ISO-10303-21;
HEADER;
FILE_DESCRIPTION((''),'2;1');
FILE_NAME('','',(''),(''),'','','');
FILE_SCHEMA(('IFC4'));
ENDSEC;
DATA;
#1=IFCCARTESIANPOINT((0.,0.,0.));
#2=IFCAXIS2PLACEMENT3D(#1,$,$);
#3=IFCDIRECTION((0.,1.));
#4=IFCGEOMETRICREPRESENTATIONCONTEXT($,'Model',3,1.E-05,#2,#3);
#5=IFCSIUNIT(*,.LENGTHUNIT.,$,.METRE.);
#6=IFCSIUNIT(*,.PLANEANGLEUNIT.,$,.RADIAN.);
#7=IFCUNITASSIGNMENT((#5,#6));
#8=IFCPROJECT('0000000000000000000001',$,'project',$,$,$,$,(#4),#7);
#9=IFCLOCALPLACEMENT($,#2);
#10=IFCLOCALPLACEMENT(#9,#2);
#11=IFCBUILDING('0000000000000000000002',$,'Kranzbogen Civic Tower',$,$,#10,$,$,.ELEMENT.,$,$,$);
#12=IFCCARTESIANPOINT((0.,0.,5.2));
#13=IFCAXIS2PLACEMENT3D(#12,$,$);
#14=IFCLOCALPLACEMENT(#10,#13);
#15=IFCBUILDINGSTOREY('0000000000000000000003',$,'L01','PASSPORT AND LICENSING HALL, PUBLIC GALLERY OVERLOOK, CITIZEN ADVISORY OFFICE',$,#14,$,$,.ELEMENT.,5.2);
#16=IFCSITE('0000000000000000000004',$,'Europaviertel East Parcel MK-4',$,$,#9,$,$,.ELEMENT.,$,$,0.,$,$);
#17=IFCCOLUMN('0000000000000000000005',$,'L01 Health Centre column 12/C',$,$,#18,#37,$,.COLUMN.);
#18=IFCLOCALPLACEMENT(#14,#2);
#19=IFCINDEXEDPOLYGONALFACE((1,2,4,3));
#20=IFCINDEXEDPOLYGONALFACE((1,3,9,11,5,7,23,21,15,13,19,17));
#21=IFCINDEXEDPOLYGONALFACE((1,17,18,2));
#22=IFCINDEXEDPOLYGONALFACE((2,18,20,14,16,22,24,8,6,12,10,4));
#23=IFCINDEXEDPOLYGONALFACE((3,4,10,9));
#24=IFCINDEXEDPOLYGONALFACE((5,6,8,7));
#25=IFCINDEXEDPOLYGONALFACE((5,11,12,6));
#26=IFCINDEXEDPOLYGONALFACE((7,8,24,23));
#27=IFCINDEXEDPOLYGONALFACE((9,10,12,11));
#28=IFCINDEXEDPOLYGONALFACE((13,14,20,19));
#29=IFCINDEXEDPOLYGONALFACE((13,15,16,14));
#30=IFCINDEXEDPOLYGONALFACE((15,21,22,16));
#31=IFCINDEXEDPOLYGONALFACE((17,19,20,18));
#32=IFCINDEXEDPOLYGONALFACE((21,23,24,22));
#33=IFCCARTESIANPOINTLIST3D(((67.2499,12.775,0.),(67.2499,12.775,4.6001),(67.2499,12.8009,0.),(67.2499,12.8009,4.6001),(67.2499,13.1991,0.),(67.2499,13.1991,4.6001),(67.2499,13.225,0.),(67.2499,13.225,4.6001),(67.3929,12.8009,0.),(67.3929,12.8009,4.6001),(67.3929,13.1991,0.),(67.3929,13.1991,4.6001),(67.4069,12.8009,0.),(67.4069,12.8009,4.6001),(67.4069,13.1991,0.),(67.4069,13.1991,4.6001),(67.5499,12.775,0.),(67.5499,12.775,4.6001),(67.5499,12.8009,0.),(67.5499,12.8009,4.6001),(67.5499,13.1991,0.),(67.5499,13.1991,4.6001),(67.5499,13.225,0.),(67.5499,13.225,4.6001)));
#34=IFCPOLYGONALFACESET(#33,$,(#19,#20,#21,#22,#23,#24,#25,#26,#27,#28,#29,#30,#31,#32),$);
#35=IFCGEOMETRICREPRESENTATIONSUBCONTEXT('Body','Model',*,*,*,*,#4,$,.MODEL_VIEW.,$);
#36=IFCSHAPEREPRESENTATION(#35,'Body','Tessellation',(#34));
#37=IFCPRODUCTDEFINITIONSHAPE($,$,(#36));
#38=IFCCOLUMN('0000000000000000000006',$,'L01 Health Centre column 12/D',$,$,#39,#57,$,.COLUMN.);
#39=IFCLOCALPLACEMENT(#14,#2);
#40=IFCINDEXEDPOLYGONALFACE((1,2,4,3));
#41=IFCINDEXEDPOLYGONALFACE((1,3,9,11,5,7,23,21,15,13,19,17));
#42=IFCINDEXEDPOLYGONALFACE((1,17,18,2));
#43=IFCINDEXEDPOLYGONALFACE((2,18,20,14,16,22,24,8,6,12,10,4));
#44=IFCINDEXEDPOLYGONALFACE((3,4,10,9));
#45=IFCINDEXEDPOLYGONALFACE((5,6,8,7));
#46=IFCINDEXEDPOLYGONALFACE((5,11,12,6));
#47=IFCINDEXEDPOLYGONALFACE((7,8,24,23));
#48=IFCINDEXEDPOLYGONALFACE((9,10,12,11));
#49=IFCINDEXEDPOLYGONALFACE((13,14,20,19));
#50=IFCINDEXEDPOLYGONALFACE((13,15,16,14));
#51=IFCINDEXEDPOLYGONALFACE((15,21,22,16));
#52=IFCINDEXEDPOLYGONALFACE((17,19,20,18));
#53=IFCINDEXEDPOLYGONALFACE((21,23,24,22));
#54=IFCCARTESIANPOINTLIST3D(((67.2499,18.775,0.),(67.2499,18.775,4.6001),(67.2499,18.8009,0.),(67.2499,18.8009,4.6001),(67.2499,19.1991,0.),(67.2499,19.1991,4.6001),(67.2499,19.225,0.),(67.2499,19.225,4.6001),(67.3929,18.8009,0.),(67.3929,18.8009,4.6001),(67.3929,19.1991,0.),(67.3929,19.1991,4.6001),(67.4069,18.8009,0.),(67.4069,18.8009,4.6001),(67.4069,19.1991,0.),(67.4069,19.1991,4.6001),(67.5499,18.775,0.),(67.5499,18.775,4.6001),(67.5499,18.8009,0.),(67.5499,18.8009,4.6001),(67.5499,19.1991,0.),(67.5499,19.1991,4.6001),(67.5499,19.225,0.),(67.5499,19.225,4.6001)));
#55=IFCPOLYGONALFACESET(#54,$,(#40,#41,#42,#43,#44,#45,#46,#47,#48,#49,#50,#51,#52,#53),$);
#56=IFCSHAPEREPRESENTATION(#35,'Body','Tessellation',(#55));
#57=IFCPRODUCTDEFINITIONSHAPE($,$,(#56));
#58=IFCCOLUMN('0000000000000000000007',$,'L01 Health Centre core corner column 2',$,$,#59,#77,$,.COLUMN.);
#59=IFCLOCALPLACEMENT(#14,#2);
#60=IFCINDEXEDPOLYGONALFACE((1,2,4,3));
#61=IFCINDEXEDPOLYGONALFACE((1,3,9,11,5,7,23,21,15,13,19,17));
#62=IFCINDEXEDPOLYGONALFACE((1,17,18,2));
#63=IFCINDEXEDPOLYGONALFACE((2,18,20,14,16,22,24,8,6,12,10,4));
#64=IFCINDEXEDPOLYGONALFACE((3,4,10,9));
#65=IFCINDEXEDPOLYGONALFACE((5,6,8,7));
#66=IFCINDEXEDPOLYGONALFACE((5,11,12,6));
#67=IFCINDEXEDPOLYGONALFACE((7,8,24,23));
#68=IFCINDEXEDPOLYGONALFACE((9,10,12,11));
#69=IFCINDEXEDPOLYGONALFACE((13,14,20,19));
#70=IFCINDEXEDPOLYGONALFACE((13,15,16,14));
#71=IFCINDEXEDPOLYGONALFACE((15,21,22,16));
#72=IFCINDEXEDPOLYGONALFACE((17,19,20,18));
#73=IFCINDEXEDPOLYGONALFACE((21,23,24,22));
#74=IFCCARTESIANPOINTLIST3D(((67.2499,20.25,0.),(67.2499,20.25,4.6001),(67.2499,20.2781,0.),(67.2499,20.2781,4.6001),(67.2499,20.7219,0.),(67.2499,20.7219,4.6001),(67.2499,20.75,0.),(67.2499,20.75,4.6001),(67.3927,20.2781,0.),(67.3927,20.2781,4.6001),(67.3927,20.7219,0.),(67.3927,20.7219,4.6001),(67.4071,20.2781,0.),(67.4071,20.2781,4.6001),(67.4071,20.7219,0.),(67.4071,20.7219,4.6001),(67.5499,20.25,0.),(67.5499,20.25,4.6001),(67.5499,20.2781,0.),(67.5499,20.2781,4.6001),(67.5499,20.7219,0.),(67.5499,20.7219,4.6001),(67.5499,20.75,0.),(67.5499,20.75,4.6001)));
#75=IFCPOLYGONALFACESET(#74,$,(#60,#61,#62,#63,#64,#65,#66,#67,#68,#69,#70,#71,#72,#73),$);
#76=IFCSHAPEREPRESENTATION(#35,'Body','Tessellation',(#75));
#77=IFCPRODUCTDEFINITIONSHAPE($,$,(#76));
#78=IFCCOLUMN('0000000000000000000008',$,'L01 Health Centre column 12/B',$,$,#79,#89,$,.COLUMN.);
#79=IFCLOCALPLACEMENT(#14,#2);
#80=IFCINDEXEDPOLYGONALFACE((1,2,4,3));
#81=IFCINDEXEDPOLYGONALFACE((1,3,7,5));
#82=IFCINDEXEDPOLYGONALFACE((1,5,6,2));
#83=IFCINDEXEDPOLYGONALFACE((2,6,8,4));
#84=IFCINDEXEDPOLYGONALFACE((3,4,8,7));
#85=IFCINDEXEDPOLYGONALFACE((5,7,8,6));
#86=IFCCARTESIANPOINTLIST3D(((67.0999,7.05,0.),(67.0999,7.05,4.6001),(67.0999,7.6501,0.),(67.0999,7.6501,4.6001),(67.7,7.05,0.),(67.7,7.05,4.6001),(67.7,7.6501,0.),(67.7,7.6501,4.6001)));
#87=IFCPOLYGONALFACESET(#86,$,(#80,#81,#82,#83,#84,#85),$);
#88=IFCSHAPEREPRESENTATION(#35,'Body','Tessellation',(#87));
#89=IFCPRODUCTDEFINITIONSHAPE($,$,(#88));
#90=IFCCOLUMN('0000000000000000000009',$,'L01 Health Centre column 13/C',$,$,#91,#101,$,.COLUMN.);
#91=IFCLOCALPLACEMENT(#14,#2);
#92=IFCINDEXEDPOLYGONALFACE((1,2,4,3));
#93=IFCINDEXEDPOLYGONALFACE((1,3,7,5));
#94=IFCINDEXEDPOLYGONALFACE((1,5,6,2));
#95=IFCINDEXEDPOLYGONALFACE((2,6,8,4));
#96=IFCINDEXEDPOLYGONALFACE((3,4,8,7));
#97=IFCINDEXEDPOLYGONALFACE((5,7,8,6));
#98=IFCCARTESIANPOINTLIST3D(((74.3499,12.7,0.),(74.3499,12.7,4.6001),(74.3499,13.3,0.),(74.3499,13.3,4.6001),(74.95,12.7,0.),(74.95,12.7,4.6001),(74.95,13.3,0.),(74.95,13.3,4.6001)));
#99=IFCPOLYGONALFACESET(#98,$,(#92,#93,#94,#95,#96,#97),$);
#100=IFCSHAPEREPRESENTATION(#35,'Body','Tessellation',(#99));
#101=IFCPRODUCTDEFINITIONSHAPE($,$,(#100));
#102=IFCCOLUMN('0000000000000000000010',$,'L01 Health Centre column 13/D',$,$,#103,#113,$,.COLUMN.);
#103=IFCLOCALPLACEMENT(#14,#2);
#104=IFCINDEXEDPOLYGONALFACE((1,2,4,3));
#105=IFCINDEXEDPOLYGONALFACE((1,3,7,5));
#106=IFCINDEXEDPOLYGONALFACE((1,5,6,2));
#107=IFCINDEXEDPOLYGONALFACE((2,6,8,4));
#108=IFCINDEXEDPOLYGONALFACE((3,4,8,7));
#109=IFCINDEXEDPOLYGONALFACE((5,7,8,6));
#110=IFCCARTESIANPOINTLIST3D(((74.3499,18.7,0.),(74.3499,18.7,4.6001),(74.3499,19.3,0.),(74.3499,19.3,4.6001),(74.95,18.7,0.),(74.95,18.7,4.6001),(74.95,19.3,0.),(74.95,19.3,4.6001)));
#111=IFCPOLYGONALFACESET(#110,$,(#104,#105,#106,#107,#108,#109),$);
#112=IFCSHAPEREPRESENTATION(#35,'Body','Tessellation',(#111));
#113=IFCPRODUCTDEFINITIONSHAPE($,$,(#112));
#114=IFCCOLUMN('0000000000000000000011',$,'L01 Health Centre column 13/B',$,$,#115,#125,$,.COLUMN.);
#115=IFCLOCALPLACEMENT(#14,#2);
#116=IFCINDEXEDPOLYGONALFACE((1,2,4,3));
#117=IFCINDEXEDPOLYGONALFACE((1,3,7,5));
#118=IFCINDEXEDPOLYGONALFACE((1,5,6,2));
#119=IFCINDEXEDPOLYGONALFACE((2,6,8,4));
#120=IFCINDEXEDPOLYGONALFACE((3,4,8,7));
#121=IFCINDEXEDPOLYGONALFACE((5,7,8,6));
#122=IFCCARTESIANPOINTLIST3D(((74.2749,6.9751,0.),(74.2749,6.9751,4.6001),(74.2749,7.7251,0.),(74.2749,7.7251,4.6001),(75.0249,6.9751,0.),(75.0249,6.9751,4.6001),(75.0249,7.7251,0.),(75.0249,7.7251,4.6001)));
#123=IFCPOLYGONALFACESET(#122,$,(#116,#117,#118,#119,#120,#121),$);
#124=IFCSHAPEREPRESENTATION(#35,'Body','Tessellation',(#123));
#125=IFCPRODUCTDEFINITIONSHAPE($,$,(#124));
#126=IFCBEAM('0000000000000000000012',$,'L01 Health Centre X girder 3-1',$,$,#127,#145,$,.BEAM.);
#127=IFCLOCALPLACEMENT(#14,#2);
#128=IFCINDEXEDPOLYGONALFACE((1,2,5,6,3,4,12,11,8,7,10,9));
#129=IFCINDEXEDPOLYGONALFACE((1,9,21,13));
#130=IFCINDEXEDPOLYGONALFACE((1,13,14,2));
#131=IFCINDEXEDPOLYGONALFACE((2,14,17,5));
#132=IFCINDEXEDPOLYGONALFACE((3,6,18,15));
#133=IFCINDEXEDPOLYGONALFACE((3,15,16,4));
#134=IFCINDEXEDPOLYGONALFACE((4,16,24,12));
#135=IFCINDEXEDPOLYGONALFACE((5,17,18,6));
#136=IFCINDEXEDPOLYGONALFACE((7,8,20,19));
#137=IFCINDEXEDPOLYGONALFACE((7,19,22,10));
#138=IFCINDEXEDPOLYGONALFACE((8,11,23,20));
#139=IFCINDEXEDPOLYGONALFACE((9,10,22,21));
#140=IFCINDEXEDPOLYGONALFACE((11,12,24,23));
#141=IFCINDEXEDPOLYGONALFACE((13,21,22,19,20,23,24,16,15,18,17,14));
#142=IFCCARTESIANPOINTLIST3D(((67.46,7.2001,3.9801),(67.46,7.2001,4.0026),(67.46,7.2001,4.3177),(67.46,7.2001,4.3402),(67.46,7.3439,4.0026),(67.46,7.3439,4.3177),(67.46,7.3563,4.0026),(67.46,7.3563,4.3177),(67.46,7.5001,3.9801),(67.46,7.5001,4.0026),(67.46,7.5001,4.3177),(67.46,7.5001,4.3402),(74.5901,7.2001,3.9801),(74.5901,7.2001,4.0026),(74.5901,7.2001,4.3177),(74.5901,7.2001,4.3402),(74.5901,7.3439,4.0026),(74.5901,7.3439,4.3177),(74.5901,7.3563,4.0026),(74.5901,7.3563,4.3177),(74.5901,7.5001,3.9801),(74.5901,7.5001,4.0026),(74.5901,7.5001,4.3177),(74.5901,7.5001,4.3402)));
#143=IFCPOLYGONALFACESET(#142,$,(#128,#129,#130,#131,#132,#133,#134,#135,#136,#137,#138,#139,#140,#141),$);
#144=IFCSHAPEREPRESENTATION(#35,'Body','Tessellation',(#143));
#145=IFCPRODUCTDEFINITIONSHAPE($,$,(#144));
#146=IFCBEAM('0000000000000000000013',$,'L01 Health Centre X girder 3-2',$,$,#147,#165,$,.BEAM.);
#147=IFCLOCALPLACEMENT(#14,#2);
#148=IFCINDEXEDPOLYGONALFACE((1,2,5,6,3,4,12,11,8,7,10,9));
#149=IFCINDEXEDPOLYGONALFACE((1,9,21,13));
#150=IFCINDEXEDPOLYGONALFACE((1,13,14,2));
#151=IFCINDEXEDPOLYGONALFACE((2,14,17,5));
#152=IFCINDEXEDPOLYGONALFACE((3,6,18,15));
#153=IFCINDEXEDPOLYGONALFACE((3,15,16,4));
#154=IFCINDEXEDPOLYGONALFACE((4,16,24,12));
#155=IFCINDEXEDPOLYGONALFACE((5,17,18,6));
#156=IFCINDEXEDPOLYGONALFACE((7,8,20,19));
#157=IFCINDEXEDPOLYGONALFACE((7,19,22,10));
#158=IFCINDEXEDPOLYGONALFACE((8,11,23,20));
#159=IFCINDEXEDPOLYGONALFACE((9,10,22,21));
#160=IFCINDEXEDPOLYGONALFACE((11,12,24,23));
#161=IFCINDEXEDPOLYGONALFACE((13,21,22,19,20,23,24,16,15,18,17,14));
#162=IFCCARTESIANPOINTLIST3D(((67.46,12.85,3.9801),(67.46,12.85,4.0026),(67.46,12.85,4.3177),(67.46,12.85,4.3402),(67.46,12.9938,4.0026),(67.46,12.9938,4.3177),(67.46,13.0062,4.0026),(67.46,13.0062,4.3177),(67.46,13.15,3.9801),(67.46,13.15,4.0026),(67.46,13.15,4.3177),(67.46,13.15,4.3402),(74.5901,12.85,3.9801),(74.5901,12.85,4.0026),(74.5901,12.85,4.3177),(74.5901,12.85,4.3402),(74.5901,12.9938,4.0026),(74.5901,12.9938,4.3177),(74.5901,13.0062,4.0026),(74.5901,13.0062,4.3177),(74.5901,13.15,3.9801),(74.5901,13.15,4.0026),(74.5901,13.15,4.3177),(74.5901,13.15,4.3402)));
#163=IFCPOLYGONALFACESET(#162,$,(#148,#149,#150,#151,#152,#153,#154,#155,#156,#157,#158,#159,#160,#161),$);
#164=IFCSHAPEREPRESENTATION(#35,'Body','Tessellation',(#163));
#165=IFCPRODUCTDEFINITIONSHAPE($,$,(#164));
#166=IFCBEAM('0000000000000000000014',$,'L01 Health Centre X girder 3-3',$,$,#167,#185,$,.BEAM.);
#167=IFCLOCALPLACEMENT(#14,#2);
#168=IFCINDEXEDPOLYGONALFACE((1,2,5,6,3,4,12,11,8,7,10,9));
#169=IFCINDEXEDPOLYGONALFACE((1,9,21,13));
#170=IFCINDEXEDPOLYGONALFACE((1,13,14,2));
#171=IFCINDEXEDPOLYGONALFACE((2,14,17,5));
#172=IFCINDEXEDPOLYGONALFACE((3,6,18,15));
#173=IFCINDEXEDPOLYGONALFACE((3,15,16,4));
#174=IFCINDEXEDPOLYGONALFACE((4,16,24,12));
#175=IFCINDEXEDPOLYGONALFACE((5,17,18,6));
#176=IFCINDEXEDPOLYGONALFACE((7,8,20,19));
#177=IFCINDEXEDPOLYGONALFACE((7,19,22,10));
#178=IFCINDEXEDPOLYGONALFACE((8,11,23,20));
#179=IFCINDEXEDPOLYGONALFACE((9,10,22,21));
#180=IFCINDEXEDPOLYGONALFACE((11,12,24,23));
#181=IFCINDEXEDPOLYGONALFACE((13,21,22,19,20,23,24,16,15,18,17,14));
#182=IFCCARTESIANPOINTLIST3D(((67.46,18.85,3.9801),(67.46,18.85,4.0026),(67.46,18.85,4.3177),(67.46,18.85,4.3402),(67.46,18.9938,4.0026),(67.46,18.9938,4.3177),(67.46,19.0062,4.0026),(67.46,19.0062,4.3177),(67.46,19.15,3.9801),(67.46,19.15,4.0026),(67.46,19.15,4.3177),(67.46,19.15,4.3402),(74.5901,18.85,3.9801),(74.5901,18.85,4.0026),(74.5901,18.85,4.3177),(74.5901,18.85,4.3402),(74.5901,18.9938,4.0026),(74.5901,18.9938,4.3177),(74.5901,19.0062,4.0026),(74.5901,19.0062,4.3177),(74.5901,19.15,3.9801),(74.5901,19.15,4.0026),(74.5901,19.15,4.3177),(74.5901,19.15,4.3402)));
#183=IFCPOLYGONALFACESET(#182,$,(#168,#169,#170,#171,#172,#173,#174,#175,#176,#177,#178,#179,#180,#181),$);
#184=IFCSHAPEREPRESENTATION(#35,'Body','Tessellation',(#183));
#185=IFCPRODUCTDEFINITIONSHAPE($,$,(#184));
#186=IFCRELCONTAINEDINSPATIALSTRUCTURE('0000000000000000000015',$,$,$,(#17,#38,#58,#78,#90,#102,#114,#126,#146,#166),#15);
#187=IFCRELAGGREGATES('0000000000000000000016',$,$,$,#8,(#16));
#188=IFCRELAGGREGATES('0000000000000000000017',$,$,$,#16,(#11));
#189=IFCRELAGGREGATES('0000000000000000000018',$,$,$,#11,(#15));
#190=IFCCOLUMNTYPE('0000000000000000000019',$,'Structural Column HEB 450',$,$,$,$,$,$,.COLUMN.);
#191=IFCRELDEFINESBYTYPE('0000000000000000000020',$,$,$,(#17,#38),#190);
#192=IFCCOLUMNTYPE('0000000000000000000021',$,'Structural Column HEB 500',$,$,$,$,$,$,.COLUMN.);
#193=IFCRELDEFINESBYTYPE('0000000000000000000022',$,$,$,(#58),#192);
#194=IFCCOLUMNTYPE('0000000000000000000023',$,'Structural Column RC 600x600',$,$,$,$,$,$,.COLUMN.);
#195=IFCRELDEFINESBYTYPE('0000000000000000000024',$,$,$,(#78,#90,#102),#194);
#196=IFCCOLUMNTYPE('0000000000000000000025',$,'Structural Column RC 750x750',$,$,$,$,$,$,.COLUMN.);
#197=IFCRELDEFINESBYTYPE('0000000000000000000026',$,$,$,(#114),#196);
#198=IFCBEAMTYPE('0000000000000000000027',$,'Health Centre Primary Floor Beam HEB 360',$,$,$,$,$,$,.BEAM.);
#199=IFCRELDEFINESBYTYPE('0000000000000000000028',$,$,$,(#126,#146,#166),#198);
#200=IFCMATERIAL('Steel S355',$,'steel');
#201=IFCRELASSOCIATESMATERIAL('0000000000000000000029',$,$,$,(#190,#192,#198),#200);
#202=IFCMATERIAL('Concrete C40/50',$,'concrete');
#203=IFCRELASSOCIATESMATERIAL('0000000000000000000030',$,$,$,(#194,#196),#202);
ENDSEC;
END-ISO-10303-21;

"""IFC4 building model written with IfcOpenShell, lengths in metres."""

from ifc_helpers import new_model, si_unit, direction, frame, origin, origin_2d, place, context, subcontext, project, spatial, rectangle, i_section, extrude, material, material_profile, profile_set, type_object, element, save


model = new_model("IFC4")

# Units and contexts
model_context = context("Model", 3, precision=1e-05, world=origin(), true_north=direction((0.0, 1.0)))
body_context = subcontext(model_context, "Body", "Model", "MODEL_VIEW")
ifc_project = project(units=[si_unit("LENGTHUNIT", "METRE"), si_unit("PLANEANGLEUNIT", "RADIAN")], contexts=[model_context])

# Site, building, storey
site_placement = place(None, origin())
site = spatial("IfcSite", under=ifc_project, at=site_placement, Name="Europaviertel East Parcel MK-4", CompositionType="ELEMENT", RefElevation=0.0)
building_placement = place(site_placement, origin())
building = spatial("IfcBuilding", under=site, at=building_placement, Name="Kranzbogen Civic Tower", CompositionType="ELEMENT")
storey_placement = place(building_placement, frame((0.0, 0.0, 5.2)))
storey = spatial("IfcBuildingStorey", under=building, at=storey_placement, Name="L01", Description="PASSPORT AND LICENSING HALL, PUBLIC GALLERY OVERLOOK, CITIZEN ADVISORY OFFICE", CompositionType="ELEMENT", Elevation=5.2)

# Columns
ifc_material_1 = material(Name="Steel S355", Category="steel")
ifc_material_profile_1 = material_profile(ifc_material_1, i_section(OverallWidth=0.3, OverallDepth=0.45, WebThickness=0.0139, FlangeThickness=0.0259, at=origin_2d()), Name="HEB 450")
ifc_profile_set_1 = profile_set([ifc_material_profile_1], Name="Steel S355")
column_type_1 = type_object("IfcColumnType", Name="Structural Column HEB 450", PredefinedType="COLUMN", material=ifc_profile_set_1)
for number, where, z_axis, x_axis, name in (
    (1, (67.3999, 13.0, 0.0), (0.0, 0.0, 1.0), (1.0, 0.0, 0.0), "L01 Health Centre column 12/C"),
    (2, (67.3999, 19.0, 0.0), (0.0, 0.0, 1.0), (1.0, 0.0, 0.0), "L01 Health Centre column 12/D"),
):
    element("IfcColumn", number, at=place(storey_placement, frame(where, z_axis=z_axis, x_axis=x_axis)), inside=storey, type_object=column_type_1, Name=name, PredefinedType="COLUMN", context=body_context, shape_type="SweptSolid", body=[
        extrude(i_section(OverallWidth=0.3, OverallDepth=0.45, WebThickness=0.0139, FlangeThickness=0.0259, at=origin_2d()), origin(), (0.0, 0.0, 1.0), 4.6001),
    ])
ifc_material_profile_2 = material_profile(ifc_material_1, i_section(OverallWidth=0.3, OverallDepth=0.5, WebThickness=0.0144, FlangeThickness=0.0281, at=origin_2d()), Name="HEB 500")
ifc_profile_set_2 = profile_set([ifc_material_profile_2], Name="Steel S355")
column_type_2 = type_object("IfcColumnType", Name="Structural Column HEB 500", PredefinedType="COLUMN", material=ifc_profile_set_2)
column_1_placement = place(storey_placement, frame((67.3999, 20.5, 0.0), z_axis=(0.0, 0.0, 1.0), x_axis=(1.0, 0.0, 0.0)))
element("IfcColumn", 3, at=column_1_placement, inside=storey, type_object=column_type_2, Name="L01 Health Centre core corner column 2", PredefinedType="COLUMN", context=body_context, shape_type="SweptSolid", body=[
    extrude(i_section(OverallWidth=0.3, OverallDepth=0.5, WebThickness=0.0144, FlangeThickness=0.0281, at=origin_2d()), origin(), (0.0, 0.0, 1.0), 4.6001),
])
ifc_material_2 = material(Name="Concrete C40/50", Category="concrete")
ifc_material_profile_3 = material_profile(ifc_material_2, rectangle(XDim=0.6001, YDim=0.6001, at=origin_2d()), Name="RC 600x600")
ifc_profile_set_3 = profile_set([ifc_material_profile_3], Name="Concrete C40/50")
column_type_3 = type_object("IfcColumnType", Name="Structural Column RC 600x600", PredefinedType="COLUMN", material=ifc_profile_set_3)
for number, where, z_axis, x_axis, name in (
    (4, (67.3999, 7.3501, 0.0), (0.0, 0.0, 1.0), (1.0, 0.0, 0.0), "L01 Health Centre column 12/B"),
    (5, (74.6499, 13.0, 0.0), (0.0, 0.0, 1.0), (1.0, 0.0, 0.0), "L01 Health Centre column 13/C"),
    (6, (74.6499, 19.0, 0.0), (0.0, 0.0, 1.0), (1.0, 0.0, 0.0), "L01 Health Centre column 13/D"),
):
    element("IfcColumn", number, at=place(storey_placement, frame(where, z_axis=z_axis, x_axis=x_axis)), inside=storey, type_object=column_type_3, Name=name, PredefinedType="COLUMN", context=body_context, shape_type="SweptSolid", body=[
        extrude(rectangle(XDim=0.6001, YDim=0.6001, at=origin_2d()), origin(), (0.0, 0.0, 1.0), 4.6001),
    ])
ifc_material_profile_4 = material_profile(ifc_material_2, rectangle(XDim=0.75, YDim=0.75, at=origin_2d()), Name="RC 750x750")
ifc_profile_set_4 = profile_set([ifc_material_profile_4], Name="Concrete C40/50")
column_type_4 = type_object("IfcColumnType", Name="Structural Column RC 750x750", PredefinedType="COLUMN", material=ifc_profile_set_4)
column_2_placement = place(storey_placement, frame((74.6499, 7.3501, 0.0), z_axis=(0.0, 0.0, 1.0), x_axis=(1.0, 0.0, 0.0)))
element("IfcColumn", 7, at=column_2_placement, inside=storey, type_object=column_type_4, Name="L01 Health Centre column 13/B", PredefinedType="COLUMN", context=body_context, shape_type="SweptSolid", body=[
    extrude(rectangle(XDim=0.75, YDim=0.75, at=origin_2d()), origin(), (0.0, 0.0, 1.0), 4.6001),
])

# Beams
ifc_material_profile_5 = material_profile(ifc_material_1, i_section(OverallWidth=0.3, OverallDepth=0.3601, WebThickness=0.0125, FlangeThickness=0.0225, at=origin_2d()), Name="HEB 360")
ifc_profile_set_5 = profile_set([ifc_material_profile_5], Name="Steel S355")
beam_type_1 = type_object("IfcBeamType", Name="Health Centre Primary Floor Beam HEB 360", PredefinedType="BEAM", material=ifc_profile_set_5)
for number, where, z_axis, x_axis, name in (
    (8, (67.46, 7.3501, 4.1602), (1.0, 0.0, 0.0), (0.0, 1.0, 0.0), "L01 Health Centre X girder 3-1"),
    (9, (67.46, 13.0, 4.1602), (1.0, 0.0, 0.0), (0.0, 1.0, 0.0), "L01 Health Centre X girder 3-2"),
    (10, (67.46, 19.0, 4.1602), (1.0, 0.0, 0.0), (0.0, 1.0, 0.0), "L01 Health Centre X girder 3-3"),
):
    element("IfcBeam", number, at=place(storey_placement, frame(where, z_axis=z_axis, x_axis=x_axis)), inside=storey, type_object=beam_type_1, Name=name, PredefinedType="BEAM", context=body_context, shape_type="SweptSolid", body=[
        extrude(i_section(OverallWidth=0.3, OverallDepth=0.3601, WebThickness=0.0125, FlangeThickness=0.0225, at=origin_2d()), origin(), (0.0, 0.0, 1.0), 7.1301),
    ])

save(model, "model.ifc")
